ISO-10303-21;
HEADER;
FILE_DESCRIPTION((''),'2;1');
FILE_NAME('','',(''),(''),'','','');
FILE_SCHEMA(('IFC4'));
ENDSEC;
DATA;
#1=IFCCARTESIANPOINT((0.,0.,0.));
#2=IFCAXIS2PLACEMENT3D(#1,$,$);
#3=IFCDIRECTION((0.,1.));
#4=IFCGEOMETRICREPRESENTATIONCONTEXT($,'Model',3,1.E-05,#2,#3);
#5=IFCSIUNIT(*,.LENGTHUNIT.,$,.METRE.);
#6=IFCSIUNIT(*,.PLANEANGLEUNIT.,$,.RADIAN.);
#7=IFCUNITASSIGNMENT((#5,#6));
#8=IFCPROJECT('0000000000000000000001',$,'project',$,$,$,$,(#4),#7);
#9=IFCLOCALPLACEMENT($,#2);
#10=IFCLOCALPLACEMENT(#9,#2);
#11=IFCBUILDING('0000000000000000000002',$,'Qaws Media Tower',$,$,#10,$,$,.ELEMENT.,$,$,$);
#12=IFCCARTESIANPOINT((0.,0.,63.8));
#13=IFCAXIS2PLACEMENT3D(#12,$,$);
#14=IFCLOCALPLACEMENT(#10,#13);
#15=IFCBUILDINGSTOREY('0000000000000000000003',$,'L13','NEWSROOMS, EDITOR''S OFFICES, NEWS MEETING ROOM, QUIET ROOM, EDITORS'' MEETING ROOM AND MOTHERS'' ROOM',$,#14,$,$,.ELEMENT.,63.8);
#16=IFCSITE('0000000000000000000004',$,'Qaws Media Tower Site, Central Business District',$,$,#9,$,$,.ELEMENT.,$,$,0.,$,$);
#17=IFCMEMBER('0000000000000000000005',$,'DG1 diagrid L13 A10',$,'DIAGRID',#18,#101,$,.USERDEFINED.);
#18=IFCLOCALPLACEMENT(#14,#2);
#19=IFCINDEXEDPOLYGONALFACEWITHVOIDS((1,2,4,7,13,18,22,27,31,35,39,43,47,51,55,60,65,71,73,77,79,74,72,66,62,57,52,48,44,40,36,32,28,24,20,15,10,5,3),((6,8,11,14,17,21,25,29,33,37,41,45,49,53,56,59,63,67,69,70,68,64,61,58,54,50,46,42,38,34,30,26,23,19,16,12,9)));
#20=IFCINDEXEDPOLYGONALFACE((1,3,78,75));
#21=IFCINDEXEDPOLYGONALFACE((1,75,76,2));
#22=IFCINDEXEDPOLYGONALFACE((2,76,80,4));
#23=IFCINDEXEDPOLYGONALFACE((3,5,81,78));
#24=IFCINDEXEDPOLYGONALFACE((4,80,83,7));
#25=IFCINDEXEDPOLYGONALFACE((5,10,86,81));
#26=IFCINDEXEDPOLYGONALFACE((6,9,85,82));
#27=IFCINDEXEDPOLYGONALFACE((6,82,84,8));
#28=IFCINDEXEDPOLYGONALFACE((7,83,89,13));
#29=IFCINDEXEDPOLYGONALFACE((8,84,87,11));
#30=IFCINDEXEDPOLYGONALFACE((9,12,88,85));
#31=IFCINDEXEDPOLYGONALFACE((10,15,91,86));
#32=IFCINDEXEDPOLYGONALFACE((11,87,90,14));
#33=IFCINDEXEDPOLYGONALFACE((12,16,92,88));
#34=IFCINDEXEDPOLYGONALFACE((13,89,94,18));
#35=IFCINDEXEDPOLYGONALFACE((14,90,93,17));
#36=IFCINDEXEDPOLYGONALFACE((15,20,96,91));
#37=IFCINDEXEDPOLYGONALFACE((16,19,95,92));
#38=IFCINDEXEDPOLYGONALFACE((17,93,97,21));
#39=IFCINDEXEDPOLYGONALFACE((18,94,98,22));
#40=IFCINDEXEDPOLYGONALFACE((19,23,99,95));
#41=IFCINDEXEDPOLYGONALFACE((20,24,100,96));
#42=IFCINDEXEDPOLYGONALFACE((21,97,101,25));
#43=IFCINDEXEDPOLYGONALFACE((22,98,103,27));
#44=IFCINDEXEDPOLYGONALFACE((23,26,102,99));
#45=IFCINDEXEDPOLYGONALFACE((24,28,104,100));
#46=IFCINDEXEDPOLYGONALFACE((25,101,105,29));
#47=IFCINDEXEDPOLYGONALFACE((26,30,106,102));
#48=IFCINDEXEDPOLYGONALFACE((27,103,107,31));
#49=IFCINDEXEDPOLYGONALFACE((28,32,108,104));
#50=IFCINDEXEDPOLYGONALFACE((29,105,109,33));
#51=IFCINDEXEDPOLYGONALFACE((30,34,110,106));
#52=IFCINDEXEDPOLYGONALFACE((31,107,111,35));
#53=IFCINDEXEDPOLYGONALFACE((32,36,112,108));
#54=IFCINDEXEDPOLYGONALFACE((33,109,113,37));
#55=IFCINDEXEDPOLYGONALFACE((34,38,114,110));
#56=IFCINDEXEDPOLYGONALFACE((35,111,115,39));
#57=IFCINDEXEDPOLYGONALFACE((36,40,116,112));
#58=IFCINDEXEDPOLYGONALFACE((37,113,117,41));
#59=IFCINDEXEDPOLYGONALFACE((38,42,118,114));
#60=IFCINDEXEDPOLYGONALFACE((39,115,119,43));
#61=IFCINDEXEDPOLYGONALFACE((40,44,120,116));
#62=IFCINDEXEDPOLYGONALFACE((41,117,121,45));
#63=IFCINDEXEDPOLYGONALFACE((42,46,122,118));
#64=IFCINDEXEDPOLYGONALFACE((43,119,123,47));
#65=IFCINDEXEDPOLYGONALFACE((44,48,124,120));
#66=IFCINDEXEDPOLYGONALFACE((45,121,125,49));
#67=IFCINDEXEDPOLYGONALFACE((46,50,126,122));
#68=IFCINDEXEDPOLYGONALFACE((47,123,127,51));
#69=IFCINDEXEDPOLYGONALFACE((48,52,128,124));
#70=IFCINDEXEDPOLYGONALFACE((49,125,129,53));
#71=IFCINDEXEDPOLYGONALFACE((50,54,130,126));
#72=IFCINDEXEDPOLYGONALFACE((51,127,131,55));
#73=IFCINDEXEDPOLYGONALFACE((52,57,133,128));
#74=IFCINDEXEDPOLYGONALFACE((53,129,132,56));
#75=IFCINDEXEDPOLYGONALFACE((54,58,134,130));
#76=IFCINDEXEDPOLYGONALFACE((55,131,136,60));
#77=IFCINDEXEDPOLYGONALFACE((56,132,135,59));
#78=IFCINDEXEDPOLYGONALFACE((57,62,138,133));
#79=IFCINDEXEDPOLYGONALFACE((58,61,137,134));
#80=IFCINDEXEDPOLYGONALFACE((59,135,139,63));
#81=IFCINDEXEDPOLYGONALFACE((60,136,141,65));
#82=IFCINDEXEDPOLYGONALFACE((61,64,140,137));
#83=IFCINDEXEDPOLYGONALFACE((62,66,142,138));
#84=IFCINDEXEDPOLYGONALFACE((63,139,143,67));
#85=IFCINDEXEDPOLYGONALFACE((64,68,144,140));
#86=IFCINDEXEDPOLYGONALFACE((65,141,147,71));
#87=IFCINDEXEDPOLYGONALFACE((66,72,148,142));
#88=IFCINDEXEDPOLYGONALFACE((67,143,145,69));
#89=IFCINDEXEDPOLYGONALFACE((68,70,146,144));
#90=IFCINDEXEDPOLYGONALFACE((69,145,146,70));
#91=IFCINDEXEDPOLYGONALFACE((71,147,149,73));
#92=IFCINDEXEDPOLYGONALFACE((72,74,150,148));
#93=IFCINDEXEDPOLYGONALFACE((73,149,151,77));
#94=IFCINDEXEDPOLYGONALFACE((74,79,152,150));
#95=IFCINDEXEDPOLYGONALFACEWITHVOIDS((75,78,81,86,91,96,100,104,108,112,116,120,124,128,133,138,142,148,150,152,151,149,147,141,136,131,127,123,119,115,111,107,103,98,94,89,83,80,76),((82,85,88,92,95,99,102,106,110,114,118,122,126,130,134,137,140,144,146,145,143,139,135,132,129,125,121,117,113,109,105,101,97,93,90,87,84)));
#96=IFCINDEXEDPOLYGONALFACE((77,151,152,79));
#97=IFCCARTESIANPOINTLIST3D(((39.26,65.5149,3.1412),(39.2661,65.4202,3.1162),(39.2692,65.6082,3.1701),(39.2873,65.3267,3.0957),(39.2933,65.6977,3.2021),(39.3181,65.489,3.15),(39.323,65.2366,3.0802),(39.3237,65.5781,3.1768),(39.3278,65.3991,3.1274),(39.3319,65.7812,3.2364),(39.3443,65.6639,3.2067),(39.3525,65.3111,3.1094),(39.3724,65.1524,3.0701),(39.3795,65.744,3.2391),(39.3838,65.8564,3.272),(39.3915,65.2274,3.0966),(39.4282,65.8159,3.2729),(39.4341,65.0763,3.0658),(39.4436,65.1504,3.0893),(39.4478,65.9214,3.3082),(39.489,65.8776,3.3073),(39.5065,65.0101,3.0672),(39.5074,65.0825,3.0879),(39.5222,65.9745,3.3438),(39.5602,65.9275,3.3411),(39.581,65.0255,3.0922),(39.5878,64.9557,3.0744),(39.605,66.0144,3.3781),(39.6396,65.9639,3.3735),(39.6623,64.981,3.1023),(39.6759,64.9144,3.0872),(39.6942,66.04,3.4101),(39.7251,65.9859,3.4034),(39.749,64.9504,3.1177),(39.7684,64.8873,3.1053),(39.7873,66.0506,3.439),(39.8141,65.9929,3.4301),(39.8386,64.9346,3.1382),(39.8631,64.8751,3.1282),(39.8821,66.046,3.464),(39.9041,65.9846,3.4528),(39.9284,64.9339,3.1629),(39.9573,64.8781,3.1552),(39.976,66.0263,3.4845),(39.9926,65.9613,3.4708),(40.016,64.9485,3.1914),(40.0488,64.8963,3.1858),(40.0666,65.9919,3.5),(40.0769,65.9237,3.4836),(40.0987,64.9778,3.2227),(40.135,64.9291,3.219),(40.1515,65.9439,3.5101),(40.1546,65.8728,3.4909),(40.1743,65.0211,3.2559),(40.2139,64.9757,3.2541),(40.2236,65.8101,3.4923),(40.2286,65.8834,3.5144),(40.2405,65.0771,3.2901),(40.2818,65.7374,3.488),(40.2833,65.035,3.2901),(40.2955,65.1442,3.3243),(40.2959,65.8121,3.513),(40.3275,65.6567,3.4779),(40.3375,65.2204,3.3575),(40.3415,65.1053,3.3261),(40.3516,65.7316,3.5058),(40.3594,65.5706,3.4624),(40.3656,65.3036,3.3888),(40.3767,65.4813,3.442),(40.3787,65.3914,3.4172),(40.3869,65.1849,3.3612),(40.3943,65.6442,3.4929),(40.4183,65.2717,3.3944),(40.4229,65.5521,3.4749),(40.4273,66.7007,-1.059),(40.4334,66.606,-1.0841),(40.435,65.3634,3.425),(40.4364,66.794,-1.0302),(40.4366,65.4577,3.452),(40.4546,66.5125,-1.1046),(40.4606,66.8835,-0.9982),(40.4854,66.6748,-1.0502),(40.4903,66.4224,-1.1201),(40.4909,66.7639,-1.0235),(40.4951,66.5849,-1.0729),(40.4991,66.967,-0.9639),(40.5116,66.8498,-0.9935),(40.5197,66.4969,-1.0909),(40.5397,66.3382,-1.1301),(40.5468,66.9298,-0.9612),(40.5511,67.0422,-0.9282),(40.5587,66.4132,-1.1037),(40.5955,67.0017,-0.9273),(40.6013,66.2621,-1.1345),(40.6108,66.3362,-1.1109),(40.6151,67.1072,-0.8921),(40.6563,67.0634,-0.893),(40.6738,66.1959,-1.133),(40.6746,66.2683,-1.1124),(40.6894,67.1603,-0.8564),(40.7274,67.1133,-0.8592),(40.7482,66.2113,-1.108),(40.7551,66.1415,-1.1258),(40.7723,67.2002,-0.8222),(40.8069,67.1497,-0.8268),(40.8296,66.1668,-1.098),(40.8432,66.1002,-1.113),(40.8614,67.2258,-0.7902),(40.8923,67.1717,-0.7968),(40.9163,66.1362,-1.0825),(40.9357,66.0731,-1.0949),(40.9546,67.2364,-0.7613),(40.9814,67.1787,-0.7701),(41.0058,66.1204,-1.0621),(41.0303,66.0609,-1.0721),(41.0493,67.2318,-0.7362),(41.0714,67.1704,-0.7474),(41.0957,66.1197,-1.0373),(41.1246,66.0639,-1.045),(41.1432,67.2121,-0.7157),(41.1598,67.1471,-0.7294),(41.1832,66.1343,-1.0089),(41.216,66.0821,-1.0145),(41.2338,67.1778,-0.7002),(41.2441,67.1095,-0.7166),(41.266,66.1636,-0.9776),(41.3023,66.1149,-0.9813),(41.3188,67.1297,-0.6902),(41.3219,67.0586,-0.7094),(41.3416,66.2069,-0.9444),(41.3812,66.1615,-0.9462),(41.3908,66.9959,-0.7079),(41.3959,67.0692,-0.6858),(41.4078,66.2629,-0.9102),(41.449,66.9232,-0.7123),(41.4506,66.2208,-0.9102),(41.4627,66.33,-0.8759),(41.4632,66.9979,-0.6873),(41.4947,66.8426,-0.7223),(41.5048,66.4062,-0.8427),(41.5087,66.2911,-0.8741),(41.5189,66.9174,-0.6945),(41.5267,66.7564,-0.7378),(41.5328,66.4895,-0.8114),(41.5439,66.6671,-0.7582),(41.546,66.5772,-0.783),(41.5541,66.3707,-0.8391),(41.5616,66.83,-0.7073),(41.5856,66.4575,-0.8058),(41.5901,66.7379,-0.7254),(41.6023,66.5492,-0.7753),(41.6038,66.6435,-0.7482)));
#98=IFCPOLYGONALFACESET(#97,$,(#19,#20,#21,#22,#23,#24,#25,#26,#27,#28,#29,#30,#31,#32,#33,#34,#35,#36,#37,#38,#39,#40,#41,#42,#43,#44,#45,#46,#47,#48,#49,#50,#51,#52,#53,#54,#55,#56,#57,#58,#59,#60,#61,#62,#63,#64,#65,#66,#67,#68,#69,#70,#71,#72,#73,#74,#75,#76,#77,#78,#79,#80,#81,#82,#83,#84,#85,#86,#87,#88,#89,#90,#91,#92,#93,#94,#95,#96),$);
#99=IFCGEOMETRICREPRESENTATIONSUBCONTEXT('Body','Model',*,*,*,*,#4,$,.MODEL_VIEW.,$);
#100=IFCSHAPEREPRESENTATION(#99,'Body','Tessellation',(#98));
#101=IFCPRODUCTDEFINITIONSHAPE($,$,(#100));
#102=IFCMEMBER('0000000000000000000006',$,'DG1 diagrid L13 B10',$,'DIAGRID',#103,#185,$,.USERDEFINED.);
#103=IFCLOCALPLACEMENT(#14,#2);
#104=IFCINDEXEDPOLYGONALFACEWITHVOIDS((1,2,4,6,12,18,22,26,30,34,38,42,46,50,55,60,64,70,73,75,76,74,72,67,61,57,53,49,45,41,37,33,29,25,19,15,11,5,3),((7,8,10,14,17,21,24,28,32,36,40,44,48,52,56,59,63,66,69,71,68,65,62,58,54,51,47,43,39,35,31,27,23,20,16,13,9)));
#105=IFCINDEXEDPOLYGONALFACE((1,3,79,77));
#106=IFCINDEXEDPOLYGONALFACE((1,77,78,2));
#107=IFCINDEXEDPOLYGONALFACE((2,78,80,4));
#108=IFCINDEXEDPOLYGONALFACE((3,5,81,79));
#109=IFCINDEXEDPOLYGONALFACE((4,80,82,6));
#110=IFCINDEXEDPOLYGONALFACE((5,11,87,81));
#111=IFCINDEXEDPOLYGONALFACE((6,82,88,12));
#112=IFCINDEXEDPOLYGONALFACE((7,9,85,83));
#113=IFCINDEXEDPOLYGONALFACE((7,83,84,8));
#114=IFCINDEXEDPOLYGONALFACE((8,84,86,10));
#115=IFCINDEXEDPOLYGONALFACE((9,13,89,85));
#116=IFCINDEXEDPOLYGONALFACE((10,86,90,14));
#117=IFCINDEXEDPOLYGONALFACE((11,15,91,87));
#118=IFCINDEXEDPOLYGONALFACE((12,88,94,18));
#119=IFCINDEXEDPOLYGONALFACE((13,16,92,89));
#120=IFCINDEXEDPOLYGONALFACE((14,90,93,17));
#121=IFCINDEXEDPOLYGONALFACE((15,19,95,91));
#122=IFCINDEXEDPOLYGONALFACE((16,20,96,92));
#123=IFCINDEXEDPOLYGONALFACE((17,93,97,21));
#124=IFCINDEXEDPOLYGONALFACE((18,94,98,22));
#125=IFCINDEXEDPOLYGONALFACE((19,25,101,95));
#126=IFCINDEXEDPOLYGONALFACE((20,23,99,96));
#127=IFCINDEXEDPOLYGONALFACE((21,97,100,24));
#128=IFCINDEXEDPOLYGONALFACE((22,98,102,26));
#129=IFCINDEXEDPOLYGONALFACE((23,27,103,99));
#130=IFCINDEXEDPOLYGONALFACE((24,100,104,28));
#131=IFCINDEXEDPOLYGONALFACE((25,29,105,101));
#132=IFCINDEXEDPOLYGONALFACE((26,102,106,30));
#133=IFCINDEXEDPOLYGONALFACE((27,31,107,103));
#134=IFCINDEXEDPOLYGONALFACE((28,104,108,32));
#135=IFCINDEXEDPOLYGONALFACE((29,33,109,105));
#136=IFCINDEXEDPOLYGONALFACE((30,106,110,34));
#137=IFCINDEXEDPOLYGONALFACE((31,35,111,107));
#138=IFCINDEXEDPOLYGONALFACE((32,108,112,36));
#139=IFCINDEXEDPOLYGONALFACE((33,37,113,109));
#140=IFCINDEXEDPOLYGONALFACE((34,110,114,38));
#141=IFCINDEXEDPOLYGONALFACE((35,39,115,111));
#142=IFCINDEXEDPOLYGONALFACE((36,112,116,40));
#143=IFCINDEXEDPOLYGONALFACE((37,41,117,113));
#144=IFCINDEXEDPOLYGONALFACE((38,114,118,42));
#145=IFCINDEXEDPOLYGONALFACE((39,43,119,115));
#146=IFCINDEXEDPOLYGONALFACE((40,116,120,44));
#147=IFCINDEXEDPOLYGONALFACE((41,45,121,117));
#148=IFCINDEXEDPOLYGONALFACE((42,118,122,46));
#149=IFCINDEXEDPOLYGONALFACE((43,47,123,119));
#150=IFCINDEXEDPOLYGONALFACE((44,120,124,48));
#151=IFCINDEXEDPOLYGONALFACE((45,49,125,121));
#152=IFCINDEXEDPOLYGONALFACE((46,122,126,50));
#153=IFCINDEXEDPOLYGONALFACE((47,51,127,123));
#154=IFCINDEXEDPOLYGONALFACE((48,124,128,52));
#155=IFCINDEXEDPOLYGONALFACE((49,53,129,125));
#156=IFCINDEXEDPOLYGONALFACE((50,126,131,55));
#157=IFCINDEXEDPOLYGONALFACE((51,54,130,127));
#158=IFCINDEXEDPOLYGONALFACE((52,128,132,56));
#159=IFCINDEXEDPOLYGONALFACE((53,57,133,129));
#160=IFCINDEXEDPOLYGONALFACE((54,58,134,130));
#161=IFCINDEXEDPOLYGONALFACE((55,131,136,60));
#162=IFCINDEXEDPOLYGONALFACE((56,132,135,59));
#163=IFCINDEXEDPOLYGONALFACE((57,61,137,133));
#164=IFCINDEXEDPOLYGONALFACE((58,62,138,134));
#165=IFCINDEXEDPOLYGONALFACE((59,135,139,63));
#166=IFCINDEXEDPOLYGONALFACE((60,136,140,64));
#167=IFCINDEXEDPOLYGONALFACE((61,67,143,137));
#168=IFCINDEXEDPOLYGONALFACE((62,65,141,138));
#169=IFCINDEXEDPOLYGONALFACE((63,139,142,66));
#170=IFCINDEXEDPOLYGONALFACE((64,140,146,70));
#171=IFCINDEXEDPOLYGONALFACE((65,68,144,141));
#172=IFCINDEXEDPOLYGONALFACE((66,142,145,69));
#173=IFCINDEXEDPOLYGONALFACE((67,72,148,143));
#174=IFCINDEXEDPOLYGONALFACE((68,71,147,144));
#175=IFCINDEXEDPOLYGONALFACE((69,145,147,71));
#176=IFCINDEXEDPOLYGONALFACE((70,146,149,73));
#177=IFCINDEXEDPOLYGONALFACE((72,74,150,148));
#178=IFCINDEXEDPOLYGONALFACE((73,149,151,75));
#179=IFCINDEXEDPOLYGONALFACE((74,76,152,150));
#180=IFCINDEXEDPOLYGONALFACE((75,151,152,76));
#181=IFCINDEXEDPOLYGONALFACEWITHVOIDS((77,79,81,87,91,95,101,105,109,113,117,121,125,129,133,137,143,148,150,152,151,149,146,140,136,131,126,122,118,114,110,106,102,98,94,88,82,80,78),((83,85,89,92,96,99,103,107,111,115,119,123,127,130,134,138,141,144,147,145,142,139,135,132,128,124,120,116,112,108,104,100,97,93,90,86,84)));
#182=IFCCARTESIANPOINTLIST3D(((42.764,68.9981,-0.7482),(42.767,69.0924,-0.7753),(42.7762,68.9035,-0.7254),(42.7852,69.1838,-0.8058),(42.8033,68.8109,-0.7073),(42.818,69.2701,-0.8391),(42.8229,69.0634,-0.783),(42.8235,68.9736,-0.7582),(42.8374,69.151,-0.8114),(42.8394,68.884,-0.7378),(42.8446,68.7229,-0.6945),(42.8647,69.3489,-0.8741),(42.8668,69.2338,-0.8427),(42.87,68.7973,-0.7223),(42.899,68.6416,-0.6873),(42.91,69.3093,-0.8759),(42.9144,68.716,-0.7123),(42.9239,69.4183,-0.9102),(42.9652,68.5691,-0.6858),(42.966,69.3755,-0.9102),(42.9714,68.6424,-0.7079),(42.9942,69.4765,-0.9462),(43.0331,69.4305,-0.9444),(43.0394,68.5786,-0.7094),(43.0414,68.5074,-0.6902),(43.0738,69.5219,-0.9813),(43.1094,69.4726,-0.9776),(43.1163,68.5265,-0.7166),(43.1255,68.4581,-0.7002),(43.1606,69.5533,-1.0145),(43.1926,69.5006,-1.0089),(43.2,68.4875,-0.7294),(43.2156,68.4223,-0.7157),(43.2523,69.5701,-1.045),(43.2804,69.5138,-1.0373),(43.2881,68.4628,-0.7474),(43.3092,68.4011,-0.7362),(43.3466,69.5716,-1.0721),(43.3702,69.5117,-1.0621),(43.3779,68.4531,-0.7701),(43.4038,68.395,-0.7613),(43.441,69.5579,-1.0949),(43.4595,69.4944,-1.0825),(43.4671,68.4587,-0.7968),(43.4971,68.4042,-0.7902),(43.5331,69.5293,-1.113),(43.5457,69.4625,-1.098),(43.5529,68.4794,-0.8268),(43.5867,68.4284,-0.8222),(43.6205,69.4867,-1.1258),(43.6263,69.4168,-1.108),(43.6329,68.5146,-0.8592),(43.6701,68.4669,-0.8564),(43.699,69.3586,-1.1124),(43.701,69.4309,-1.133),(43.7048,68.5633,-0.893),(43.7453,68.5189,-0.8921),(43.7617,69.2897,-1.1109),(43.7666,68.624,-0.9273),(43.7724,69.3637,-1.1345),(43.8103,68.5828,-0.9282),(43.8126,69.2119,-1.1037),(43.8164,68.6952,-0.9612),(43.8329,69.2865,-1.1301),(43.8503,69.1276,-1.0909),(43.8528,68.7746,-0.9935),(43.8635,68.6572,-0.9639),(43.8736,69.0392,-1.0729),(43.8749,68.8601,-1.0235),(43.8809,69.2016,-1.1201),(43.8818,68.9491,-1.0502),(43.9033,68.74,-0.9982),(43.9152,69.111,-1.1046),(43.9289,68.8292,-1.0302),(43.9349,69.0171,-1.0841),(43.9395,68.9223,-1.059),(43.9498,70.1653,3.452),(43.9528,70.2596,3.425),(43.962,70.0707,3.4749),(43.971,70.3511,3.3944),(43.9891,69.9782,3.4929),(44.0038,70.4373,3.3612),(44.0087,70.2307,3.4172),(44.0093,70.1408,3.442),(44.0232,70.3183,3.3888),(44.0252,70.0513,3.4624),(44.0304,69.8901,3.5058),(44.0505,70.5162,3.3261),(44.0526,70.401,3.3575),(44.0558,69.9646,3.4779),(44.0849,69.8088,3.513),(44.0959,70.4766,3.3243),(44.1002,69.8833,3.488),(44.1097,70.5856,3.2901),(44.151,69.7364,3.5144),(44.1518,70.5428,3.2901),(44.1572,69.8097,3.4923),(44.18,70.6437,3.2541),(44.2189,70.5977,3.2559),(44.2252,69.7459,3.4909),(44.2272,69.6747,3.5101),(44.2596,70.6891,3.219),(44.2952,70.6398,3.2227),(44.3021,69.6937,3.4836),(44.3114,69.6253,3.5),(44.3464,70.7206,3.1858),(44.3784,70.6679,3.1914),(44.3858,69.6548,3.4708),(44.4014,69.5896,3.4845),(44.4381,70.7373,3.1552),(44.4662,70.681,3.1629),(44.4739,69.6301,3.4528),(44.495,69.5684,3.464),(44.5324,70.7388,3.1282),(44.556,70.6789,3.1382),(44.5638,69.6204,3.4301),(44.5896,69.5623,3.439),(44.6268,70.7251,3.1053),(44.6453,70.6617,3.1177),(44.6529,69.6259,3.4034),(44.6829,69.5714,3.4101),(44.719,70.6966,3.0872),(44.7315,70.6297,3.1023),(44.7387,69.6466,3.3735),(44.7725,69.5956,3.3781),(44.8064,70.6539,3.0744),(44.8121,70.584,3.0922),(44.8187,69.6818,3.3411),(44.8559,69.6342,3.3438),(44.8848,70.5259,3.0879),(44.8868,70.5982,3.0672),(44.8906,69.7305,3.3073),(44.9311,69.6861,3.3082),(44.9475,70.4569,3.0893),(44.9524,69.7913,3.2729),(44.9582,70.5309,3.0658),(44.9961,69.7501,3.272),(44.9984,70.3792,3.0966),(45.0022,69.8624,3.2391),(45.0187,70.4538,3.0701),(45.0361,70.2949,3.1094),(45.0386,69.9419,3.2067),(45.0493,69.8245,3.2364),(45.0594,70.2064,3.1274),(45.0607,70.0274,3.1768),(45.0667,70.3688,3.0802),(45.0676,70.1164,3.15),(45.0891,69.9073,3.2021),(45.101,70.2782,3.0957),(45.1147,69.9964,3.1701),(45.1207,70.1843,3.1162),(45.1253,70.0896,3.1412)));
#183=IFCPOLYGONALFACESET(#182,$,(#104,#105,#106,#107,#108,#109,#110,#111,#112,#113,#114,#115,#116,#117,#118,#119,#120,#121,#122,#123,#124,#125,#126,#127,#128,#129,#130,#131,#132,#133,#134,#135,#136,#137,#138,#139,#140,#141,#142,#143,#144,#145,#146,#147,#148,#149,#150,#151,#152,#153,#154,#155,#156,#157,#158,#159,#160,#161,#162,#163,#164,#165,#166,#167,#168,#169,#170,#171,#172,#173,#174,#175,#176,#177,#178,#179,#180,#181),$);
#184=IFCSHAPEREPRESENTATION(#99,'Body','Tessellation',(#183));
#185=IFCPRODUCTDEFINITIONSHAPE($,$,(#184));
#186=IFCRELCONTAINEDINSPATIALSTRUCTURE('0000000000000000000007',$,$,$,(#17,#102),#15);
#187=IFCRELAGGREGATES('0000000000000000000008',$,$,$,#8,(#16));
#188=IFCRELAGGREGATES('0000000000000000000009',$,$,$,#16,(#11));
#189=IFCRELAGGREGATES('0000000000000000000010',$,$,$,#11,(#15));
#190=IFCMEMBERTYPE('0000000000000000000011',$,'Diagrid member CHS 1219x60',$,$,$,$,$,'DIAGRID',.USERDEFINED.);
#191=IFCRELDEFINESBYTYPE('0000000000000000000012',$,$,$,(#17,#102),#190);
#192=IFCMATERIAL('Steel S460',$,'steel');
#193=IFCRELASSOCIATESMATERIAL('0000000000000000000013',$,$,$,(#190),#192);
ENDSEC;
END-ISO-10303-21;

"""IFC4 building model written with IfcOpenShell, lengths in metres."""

from ifc_helpers import new_model, si_unit, direction, frame, origin, origin_2d, place, context, subcontext, project, spatial, hollow_circle, extrude, material, material_profile, profile_set, type_object, element, save


model = new_model("IFC4")

# Units and contexts
model_context = context("Model", 3, precision=1e-05, world=origin(), true_north=direction((0.0, 1.0)))
body_context = subcontext(model_context, "Body", "Model", "MODEL_VIEW")
ifc_project = project(units=[si_unit("LENGTHUNIT", "METRE"), si_unit("PLANEANGLEUNIT", "RADIAN")], contexts=[model_context])

# Site, building, storey
site_placement = place(None, origin())
site = spatial("IfcSite", under=ifc_project, at=site_placement, Name="Qaws Media Tower Site, Central Business District", CompositionType="ELEMENT", RefElevation=0.0)
building_placement = place(site_placement, origin())
building = spatial("IfcBuilding", under=site, at=building_placement, Name="Qaws Media Tower", CompositionType="ELEMENT")
storey_placement = place(building_placement, frame((0.0, 0.0, 63.8)))
storey = spatial("IfcBuildingStorey", under=building, at=storey_placement, Name="L13", Description="NEWSROOMS, EDITOR'S OFFICES, NEWS MEETING ROOM, QUIET ROOM, EDITORS' MEETING ROOM AND MOTHERS' ROOM", CompositionType="ELEMENT", Elevation=63.8)

# Members
ifc_material_1 = material(Name="Steel S460", Category="steel")
ifc_material_profile_1 = material_profile(ifc_material_1, hollow_circle(Radius=0.6096, WallThickness=0.0601, at=origin_2d()), Name="CHS 1219x60")
ifc_profile_set_1 = profile_set([ifc_material_profile_1], Name="Steel S460")
member_type_1 = type_object("IfcMemberType", Name="Diagrid member CHS 1219x60", ElementType="DIAGRID", PredefinedType="USERDEFINED", material=ifc_profile_set_1)
for number, where, z_axis, x_axis, name in (
    (1, (41.0161, 66.6484, -0.9102), (-0.258366, -0.262473, 0.929707), (0.71266, -0.701509, 0.0), "DG1 diagrid L13 A10"),
    (2, (43.3516, 68.9839, -0.9102), (0.262473, 0.258366, 0.929707), (-0.701509, 0.71266, 0.0), "DG1 diagrid L13 B10"),
):
    element("IfcMember", number, at=place(storey_placement, frame(where, z_axis=z_axis, x_axis=x_axis)), inside=storey, type_object=member_type_1, Name=name, ObjectType="DIAGRID", PredefinedType="USERDEFINED", context=body_context, shape_type="SweptSolid", body=[
        extrude(hollow_circle(Radius=0.6096, WallThickness=0.0601, at=origin_2d()), origin(), (0.0, 0.0, 1.0), 4.5178),
    ])

save(model, "model.ifc")
